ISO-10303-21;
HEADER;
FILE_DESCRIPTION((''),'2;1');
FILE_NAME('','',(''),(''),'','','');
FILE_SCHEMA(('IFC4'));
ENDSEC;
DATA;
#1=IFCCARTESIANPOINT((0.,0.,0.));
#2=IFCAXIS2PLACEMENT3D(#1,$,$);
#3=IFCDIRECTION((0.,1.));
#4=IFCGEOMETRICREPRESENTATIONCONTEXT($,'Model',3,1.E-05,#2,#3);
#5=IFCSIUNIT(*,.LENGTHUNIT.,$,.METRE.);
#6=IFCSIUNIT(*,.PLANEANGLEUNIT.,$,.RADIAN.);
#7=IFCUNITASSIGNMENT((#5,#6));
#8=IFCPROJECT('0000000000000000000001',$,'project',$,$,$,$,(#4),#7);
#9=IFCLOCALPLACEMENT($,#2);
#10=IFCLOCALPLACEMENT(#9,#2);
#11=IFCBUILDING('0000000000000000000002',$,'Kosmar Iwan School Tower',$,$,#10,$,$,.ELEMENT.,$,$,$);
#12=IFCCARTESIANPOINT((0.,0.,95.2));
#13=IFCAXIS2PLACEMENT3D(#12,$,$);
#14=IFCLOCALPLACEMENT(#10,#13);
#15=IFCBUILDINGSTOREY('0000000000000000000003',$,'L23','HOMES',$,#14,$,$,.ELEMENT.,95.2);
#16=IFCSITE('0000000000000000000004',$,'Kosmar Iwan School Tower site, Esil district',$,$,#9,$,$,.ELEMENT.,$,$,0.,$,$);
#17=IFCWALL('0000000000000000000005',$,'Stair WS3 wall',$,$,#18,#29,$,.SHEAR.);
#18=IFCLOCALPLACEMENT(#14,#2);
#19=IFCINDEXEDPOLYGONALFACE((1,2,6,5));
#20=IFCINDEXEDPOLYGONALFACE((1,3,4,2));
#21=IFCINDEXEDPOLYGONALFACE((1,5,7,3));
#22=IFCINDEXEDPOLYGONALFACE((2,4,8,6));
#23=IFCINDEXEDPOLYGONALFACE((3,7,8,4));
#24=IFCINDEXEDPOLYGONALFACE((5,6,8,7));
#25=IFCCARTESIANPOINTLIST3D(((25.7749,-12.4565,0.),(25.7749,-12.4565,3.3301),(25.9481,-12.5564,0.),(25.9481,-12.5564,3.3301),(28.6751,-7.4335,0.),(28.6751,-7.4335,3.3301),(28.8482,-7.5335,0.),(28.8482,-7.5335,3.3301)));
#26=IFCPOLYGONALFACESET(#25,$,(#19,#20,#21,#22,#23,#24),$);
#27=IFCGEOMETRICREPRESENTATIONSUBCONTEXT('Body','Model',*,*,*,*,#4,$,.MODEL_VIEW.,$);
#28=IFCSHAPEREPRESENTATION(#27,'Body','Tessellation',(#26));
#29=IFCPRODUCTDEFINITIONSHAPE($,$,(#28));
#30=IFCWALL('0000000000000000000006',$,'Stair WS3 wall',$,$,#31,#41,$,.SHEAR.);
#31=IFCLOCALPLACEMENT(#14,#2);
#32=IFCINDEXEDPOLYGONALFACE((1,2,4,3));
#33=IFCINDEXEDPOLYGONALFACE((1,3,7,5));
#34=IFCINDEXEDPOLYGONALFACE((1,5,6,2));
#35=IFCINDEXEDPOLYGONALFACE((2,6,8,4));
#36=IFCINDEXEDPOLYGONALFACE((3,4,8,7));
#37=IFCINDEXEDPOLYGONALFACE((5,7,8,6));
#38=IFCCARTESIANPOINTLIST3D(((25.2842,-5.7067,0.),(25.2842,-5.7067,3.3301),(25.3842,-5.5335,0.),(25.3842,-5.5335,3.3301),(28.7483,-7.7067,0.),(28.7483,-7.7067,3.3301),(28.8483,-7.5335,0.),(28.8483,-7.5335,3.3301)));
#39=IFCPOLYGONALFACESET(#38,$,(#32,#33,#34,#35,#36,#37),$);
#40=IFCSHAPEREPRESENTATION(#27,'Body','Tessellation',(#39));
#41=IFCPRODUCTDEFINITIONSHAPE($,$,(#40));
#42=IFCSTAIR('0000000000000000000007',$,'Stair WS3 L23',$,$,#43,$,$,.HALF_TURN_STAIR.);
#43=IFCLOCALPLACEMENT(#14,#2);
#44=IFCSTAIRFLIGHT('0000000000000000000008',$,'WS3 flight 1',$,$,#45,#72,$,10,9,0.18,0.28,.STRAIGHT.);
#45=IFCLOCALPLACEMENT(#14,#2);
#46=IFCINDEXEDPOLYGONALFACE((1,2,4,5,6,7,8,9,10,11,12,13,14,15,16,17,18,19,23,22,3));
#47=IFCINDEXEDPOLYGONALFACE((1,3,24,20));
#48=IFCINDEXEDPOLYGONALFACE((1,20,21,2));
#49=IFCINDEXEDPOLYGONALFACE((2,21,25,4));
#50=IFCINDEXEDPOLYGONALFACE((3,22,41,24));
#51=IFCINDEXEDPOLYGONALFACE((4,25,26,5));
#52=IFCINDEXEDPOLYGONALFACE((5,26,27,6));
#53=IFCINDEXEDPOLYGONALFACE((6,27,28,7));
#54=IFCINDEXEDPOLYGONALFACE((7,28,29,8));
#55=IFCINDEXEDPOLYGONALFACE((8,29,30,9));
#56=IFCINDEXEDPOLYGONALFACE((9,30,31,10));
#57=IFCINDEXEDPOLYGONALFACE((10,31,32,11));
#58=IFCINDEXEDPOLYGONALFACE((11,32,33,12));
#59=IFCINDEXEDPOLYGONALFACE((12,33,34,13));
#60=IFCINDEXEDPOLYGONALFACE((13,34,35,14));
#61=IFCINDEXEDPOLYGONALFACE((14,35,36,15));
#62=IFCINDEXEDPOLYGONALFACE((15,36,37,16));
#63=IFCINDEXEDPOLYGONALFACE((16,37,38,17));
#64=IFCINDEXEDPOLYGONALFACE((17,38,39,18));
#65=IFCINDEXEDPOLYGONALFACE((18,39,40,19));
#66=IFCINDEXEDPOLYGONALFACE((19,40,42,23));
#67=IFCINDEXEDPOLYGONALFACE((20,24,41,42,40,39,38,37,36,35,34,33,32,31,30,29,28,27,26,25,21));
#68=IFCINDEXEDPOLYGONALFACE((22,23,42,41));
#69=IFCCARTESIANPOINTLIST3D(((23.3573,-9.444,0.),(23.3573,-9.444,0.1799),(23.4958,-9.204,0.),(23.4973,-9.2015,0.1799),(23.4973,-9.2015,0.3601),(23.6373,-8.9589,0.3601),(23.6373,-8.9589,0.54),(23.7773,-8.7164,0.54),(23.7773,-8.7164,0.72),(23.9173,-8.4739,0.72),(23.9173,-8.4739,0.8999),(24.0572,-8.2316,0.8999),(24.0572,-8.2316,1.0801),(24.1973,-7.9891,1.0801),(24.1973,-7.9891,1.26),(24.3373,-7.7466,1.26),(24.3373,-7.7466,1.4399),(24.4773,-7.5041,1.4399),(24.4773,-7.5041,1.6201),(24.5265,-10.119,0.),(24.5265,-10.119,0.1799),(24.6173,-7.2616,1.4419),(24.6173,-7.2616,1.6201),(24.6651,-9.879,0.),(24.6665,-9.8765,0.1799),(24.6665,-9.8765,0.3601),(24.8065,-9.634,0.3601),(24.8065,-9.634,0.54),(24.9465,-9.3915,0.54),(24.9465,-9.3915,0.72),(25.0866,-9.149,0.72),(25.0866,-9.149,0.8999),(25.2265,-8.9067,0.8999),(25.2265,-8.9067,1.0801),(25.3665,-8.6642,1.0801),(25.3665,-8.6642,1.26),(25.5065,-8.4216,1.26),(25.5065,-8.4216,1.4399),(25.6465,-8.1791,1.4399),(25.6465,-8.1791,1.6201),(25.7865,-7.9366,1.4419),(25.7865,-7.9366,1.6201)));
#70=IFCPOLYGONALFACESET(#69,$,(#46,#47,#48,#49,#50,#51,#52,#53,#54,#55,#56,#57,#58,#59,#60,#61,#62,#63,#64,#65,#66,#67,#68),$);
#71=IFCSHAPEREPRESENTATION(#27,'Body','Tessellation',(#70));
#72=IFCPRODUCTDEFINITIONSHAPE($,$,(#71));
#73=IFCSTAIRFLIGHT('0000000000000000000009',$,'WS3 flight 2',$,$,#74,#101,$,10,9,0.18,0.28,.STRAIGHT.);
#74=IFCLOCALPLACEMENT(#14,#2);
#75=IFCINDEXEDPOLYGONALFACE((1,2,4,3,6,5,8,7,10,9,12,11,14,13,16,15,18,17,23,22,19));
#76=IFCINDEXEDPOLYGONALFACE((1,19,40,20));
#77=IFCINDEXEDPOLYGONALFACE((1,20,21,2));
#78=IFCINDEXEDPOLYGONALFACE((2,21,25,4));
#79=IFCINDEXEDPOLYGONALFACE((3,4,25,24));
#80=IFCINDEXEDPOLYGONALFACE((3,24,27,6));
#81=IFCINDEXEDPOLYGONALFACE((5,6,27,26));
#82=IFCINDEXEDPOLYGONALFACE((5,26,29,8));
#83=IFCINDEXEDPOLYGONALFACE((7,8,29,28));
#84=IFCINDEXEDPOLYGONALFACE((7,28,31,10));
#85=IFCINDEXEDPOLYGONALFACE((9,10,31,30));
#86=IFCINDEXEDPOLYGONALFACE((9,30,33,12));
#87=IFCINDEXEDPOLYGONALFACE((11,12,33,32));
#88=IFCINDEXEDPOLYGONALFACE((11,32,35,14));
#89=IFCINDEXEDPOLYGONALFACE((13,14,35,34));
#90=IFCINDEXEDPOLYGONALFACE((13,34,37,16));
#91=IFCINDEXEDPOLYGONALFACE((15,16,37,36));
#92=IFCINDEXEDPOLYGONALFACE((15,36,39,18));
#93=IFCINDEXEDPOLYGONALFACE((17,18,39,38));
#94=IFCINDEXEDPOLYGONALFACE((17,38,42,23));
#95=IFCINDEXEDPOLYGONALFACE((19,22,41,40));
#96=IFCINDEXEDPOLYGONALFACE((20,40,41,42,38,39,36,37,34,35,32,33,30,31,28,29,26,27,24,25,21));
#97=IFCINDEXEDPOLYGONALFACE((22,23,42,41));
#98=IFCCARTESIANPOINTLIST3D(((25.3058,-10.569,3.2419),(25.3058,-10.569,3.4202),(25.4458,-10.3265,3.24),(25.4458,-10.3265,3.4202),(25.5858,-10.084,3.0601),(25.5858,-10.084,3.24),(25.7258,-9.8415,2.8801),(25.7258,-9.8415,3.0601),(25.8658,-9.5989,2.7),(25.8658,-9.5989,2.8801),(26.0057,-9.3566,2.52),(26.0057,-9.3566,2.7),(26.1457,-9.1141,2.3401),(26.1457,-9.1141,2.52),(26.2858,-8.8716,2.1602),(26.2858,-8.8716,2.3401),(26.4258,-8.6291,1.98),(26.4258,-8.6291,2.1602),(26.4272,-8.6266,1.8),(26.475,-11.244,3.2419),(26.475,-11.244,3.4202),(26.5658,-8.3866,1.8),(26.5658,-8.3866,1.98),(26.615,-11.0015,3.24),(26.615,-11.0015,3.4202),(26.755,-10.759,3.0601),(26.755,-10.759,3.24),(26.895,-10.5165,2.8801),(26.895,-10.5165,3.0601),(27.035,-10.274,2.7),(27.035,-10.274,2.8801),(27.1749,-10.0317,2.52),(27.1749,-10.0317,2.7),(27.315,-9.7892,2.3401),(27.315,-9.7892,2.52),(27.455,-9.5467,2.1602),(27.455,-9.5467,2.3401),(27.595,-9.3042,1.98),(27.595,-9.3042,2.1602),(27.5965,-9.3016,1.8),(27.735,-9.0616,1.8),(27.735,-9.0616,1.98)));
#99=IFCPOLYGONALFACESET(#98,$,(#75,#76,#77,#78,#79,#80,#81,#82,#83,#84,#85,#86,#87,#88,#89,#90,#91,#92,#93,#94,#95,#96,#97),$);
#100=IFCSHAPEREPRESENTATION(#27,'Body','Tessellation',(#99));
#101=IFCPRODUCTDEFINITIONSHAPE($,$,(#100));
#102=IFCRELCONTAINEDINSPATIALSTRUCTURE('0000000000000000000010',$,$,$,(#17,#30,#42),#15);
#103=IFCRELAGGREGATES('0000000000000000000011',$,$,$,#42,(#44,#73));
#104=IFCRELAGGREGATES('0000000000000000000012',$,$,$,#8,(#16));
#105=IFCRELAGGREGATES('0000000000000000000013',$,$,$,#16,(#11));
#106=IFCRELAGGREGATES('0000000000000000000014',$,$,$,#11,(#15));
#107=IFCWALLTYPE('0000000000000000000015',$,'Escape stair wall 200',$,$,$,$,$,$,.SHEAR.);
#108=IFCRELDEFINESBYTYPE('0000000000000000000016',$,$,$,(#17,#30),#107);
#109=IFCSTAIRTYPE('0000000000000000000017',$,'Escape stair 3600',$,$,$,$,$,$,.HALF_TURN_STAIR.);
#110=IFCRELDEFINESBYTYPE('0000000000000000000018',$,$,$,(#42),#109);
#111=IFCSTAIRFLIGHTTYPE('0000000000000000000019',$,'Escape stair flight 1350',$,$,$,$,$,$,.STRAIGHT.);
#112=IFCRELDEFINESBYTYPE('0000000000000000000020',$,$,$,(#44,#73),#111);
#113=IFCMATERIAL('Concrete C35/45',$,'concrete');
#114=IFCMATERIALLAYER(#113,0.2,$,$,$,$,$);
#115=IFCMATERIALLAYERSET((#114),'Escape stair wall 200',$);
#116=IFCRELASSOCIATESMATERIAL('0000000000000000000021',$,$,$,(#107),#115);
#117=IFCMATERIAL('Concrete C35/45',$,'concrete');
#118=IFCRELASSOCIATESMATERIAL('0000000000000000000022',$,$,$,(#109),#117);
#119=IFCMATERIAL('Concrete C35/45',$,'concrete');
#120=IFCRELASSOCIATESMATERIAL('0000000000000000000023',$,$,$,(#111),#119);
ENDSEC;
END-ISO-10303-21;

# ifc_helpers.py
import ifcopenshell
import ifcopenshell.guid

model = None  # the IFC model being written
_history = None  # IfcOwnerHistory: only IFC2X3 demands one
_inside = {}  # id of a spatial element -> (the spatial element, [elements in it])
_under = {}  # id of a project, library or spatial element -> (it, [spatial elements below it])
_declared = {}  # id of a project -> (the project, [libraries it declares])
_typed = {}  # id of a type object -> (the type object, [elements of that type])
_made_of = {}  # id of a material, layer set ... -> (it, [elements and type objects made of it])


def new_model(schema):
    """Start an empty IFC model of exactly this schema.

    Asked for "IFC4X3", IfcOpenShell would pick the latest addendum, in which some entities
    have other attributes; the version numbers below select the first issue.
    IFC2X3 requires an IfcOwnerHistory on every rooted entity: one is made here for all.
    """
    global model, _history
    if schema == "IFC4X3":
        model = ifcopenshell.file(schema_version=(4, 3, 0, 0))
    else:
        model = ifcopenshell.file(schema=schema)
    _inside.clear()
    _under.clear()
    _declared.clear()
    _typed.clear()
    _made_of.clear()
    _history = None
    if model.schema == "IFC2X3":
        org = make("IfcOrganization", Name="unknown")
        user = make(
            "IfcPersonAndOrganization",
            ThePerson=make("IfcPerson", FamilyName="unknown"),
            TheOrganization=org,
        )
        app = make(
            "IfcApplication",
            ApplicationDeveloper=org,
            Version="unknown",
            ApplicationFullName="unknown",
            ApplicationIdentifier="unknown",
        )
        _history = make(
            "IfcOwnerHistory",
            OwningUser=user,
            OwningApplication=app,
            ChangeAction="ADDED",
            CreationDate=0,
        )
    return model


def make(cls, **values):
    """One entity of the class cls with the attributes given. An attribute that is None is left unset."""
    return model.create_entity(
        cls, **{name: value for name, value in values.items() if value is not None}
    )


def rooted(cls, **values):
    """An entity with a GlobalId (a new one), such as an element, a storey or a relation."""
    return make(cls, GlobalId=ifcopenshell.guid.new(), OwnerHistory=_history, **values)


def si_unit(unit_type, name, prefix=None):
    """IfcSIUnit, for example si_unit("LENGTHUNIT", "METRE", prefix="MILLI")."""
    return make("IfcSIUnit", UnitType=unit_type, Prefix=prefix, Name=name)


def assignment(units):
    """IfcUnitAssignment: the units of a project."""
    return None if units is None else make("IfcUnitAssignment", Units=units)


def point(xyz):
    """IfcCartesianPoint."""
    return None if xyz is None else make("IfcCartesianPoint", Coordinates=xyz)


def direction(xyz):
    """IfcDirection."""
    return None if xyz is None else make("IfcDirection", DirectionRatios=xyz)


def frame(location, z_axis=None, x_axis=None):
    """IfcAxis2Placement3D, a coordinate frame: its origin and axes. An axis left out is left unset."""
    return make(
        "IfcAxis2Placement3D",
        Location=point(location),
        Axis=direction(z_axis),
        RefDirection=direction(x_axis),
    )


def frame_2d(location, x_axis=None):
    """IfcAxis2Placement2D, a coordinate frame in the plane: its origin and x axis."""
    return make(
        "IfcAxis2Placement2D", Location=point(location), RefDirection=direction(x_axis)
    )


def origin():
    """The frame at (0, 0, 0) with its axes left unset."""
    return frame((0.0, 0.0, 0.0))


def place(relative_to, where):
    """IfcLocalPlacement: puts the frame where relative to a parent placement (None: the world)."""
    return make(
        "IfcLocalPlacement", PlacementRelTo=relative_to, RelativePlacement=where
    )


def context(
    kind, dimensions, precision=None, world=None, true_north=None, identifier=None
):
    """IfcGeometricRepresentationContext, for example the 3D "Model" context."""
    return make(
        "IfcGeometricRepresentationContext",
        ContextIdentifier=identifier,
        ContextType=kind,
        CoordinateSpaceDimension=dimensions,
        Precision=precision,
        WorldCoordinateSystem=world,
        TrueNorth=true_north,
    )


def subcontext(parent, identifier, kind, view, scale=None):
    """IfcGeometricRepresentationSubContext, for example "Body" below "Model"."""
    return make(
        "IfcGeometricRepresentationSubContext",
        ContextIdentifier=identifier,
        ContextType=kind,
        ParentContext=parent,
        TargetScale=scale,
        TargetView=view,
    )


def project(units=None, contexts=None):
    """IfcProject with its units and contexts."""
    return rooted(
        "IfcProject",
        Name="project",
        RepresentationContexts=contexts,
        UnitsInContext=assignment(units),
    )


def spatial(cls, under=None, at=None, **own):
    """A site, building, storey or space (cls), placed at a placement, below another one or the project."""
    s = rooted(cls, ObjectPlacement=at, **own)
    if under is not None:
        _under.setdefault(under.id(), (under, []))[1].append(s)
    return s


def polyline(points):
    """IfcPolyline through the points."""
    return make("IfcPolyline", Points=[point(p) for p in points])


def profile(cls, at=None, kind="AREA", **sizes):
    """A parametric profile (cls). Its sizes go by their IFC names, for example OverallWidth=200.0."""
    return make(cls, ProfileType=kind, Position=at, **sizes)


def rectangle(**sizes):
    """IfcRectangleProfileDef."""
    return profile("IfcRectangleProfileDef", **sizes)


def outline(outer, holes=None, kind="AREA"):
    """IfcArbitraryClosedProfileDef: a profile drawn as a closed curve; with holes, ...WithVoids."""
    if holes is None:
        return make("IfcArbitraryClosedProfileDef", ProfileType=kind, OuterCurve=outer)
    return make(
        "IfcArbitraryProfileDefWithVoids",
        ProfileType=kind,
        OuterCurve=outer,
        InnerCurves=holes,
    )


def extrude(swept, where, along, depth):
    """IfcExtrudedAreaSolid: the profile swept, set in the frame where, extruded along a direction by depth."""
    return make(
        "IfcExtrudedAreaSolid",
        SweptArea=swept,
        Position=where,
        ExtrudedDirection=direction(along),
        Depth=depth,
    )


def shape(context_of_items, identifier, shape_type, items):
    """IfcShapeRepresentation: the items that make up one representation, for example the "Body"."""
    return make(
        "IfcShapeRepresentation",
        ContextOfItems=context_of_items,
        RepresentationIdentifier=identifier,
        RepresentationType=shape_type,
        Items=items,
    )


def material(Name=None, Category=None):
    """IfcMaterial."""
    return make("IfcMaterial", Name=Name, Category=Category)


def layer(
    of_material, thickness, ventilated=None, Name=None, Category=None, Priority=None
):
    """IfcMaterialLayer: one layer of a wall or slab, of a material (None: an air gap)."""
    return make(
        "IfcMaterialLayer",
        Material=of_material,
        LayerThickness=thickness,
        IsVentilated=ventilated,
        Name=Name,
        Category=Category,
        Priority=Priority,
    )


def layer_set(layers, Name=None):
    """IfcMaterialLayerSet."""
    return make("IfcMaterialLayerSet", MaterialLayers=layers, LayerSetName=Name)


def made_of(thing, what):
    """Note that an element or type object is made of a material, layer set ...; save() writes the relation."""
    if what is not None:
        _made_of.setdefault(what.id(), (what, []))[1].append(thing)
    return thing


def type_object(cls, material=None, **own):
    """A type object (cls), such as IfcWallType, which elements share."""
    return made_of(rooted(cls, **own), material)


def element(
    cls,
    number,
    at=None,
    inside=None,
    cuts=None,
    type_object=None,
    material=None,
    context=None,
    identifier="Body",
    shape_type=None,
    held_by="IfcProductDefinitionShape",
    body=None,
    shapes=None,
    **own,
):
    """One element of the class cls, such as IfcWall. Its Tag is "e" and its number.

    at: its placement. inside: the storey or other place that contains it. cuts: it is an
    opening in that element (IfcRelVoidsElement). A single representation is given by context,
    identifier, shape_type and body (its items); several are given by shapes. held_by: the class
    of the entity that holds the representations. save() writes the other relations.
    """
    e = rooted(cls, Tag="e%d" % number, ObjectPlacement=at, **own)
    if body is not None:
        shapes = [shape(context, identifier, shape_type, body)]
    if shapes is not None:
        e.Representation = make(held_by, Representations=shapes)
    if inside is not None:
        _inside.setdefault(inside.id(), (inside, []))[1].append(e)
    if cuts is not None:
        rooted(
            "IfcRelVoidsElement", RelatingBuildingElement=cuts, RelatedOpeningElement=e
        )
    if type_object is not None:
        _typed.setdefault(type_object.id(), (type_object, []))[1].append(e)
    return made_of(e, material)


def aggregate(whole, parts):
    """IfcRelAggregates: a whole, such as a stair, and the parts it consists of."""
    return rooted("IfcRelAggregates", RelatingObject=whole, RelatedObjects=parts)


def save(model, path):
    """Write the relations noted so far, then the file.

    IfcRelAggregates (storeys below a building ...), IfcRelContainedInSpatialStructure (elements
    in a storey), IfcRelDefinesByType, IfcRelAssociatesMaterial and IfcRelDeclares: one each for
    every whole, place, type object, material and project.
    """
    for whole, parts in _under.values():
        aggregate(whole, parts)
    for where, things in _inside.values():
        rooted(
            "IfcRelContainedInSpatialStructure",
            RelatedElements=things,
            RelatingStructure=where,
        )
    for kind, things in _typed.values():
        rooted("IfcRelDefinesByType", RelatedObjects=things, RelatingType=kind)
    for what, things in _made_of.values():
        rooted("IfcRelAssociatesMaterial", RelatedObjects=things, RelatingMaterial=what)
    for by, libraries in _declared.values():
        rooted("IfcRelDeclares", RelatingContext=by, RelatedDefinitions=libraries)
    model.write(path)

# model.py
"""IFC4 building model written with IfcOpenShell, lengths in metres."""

from ifc_helpers import new_model, si_unit, direction, frame, frame_2d, origin, place, context, subcontext, project, spatial, polyline, rectangle, outline, extrude, material, layer, layer_set, type_object, element, aggregate, save


model = new_model("IFC4")

# Units and contexts
model_context = context("Model", 3, precision=1e-05, world=origin(), true_north=direction((0.0, 1.0)))
body_context = subcontext(model_context, "Body", "Model", "MODEL_VIEW")
ifc_project = project(units=[si_unit("LENGTHUNIT", "METRE"), si_unit("PLANEANGLEUNIT", "RADIAN")], contexts=[model_context])

# Site, building, storey
site_placement = place(None, origin())
site = spatial("IfcSite", under=ifc_project, at=site_placement, Name="Kosmar Iwan School Tower site, Esil district", CompositionType="ELEMENT", RefElevation=0.0)
building_placement = place(site_placement, origin())
building = spatial("IfcBuilding", under=site, at=building_placement, Name="Kosmar Iwan School Tower", CompositionType="ELEMENT")
storey_placement = place(building_placement, frame((0.0, 0.0, 95.2)))
storey = spatial("IfcBuildingStorey", under=building, at=storey_placement, Name="L23", Description="HOMES", CompositionType="ELEMENT", Elevation=95.2)

# Walls
ifc_material_1 = material(Name="Concrete C35/45", Category="concrete")
ifc_layer_1 = layer(ifc_material_1, 0.2)
ifc_layer_set_1 = layer_set([ifc_layer_1], Name="Escape stair wall 200")
wall_type_1 = type_object("IfcWallType", Name="Escape stair wall 200", PredefinedType="SHEAR", material=ifc_layer_set_1)
for number, where, z_axis, x_axis, name in (
    (1, (25.8616, -12.5063, 0.0), (0.0, 0.0, 1.0), (0.500019, 0.866015, 0.0), "Stair WS3 wall"),
):
    element("IfcWall", number, at=place(storey_placement, frame(where, z_axis=z_axis, x_axis=x_axis)), inside=storey, type_object=wall_type_1, Name=name, PredefinedType="SHEAR", context=body_context, shape_type="SweptSolid", body=[
        extrude(rectangle(XDim=5.8, YDim=0.2, at=frame_2d((2.8999, 0.0))), origin(), (0.0, 0.0, 1.0), 3.3301),
    ])
wall_1_placement = place(storey_placement, frame((25.3342, -5.6201, 0.0), z_axis=(0.0, 0.0, 1.0), x_axis=(0.866026, -0.499999, 0.0)))
element("IfcWall", 2, at=wall_1_placement, inside=storey, type_object=wall_type_1, Name="Stair WS3 wall", PredefinedType="SHEAR", context=body_context, shape_type="SweptSolid", body=[
    extrude(rectangle(XDim=4.0, YDim=0.2, at=frame_2d((2.0, 0.0))), origin(), (0.0, 0.0, 1.0), 3.3301),
])

# Stair, stair flights
ifc_material_2 = material(Name="Concrete C35/45", Category="concrete")
stair_type = type_object("IfcStairType", Name="Escape stair 3600", PredefinedType="HALF_TURN_STAIR", material=ifc_material_2)
stair_placement = place(storey_placement, origin())
stair = element("IfcStair", 3, at=stair_placement, inside=storey, type_object=stair_type, Name="Stair WS3 L23", PredefinedType="HALF_TURN_STAIR")
ifc_material_3 = material(Name="Concrete C35/45", Category="concrete")
stair_flight_type = type_object("IfcStairFlightType", Name="Escape stair flight 1350", PredefinedType="STRAIGHT", material=ifc_material_3)
stair_flight_1_placement = place(storey_placement, frame((23.9419, -9.7815, 0.0), z_axis=(0.0, 0.0, 1.0), x_axis=(0.5, 0.866025, 0.0)))
stair_flight_1 = element("IfcStairFlight", 4, at=stair_flight_1_placement, type_object=stair_flight_type, Name="WS3 flight 1", NumberOfRisers=10, NumberOfTreads=9, PredefinedType="STRAIGHT", RiserHeight=0.18, TreadLength=0.28, context=body_context, shape_type="SweptSolid", body=[
    extrude(outline(polyline([(0.0, 0.0), (0.0, 0.1799), (0.28, 0.1799), (0.28, 0.3601), (0.5601, 0.3601), (0.5601, 0.54), (0.8401, 0.54), (0.8401, 0.72), (1.1201, 0.72), (1.1201, 0.8999), (1.3999, 0.8999), (1.3999, 1.0801), (1.6799, 1.0801), (1.6799, 1.26), (1.96, 1.26), (1.96, 1.4399), (2.24, 1.4399), (2.24, 1.6201), (2.52, 1.6201), (2.52, 1.8), (2.52, 1.4419), (0.2771, 0.0), (0.0, 0.0)])), frame((0.0, 0.675, 0.0), z_axis=(0.0, -1.0, 0.0), x_axis=(1.0, 0.0, 0.0)), (0.0, 0.0, 1.0), 1.3501),
])
stair_flight_2_placement = place(storey_placement, frame((27.1504, -8.7241, 1.8), z_axis=(0.0, 0.0, 1.0), x_axis=(-0.5, -0.866025, 0.0)))
stair_flight_2 = element("IfcStairFlight", 5, at=stair_flight_2_placement, type_object=stair_flight_type, Name="WS3 flight 2", NumberOfRisers=10, NumberOfTreads=9, PredefinedType="STRAIGHT", RiserHeight=0.18, TreadLength=0.28, context=body_context, shape_type="SweptSolid", body=[
    extrude(outline(polyline([(0.0, 0.0), (0.0, 0.1799), (0.28, 0.1799), (0.28, 0.3601), (0.5601, 0.3601), (0.5601, 0.54), (0.8401, 0.54), (0.8401, 0.72), (1.1201, 0.72), (1.1201, 0.8999), (1.3999, 0.8999), (1.3999, 1.0801), (1.6799, 1.0801), (1.6799, 1.26), (1.96, 1.26), (1.96, 1.4399), (2.24, 1.4399), (2.24, 1.6201), (2.52, 1.6201), (2.52, 1.8), (2.52, 1.4419), (0.2771, 0.0), (0.0, 0.0)])), frame((0.0, 0.675, 0.0), z_axis=(0.0, -1.0, 0.0), x_axis=(1.0, 0.0, 0.0)), (0.0, 0.0, 1.0), 1.3501),
])
aggregate(stair, [stair_flight_1, stair_flight_2])

save(model, "model.ifc")
